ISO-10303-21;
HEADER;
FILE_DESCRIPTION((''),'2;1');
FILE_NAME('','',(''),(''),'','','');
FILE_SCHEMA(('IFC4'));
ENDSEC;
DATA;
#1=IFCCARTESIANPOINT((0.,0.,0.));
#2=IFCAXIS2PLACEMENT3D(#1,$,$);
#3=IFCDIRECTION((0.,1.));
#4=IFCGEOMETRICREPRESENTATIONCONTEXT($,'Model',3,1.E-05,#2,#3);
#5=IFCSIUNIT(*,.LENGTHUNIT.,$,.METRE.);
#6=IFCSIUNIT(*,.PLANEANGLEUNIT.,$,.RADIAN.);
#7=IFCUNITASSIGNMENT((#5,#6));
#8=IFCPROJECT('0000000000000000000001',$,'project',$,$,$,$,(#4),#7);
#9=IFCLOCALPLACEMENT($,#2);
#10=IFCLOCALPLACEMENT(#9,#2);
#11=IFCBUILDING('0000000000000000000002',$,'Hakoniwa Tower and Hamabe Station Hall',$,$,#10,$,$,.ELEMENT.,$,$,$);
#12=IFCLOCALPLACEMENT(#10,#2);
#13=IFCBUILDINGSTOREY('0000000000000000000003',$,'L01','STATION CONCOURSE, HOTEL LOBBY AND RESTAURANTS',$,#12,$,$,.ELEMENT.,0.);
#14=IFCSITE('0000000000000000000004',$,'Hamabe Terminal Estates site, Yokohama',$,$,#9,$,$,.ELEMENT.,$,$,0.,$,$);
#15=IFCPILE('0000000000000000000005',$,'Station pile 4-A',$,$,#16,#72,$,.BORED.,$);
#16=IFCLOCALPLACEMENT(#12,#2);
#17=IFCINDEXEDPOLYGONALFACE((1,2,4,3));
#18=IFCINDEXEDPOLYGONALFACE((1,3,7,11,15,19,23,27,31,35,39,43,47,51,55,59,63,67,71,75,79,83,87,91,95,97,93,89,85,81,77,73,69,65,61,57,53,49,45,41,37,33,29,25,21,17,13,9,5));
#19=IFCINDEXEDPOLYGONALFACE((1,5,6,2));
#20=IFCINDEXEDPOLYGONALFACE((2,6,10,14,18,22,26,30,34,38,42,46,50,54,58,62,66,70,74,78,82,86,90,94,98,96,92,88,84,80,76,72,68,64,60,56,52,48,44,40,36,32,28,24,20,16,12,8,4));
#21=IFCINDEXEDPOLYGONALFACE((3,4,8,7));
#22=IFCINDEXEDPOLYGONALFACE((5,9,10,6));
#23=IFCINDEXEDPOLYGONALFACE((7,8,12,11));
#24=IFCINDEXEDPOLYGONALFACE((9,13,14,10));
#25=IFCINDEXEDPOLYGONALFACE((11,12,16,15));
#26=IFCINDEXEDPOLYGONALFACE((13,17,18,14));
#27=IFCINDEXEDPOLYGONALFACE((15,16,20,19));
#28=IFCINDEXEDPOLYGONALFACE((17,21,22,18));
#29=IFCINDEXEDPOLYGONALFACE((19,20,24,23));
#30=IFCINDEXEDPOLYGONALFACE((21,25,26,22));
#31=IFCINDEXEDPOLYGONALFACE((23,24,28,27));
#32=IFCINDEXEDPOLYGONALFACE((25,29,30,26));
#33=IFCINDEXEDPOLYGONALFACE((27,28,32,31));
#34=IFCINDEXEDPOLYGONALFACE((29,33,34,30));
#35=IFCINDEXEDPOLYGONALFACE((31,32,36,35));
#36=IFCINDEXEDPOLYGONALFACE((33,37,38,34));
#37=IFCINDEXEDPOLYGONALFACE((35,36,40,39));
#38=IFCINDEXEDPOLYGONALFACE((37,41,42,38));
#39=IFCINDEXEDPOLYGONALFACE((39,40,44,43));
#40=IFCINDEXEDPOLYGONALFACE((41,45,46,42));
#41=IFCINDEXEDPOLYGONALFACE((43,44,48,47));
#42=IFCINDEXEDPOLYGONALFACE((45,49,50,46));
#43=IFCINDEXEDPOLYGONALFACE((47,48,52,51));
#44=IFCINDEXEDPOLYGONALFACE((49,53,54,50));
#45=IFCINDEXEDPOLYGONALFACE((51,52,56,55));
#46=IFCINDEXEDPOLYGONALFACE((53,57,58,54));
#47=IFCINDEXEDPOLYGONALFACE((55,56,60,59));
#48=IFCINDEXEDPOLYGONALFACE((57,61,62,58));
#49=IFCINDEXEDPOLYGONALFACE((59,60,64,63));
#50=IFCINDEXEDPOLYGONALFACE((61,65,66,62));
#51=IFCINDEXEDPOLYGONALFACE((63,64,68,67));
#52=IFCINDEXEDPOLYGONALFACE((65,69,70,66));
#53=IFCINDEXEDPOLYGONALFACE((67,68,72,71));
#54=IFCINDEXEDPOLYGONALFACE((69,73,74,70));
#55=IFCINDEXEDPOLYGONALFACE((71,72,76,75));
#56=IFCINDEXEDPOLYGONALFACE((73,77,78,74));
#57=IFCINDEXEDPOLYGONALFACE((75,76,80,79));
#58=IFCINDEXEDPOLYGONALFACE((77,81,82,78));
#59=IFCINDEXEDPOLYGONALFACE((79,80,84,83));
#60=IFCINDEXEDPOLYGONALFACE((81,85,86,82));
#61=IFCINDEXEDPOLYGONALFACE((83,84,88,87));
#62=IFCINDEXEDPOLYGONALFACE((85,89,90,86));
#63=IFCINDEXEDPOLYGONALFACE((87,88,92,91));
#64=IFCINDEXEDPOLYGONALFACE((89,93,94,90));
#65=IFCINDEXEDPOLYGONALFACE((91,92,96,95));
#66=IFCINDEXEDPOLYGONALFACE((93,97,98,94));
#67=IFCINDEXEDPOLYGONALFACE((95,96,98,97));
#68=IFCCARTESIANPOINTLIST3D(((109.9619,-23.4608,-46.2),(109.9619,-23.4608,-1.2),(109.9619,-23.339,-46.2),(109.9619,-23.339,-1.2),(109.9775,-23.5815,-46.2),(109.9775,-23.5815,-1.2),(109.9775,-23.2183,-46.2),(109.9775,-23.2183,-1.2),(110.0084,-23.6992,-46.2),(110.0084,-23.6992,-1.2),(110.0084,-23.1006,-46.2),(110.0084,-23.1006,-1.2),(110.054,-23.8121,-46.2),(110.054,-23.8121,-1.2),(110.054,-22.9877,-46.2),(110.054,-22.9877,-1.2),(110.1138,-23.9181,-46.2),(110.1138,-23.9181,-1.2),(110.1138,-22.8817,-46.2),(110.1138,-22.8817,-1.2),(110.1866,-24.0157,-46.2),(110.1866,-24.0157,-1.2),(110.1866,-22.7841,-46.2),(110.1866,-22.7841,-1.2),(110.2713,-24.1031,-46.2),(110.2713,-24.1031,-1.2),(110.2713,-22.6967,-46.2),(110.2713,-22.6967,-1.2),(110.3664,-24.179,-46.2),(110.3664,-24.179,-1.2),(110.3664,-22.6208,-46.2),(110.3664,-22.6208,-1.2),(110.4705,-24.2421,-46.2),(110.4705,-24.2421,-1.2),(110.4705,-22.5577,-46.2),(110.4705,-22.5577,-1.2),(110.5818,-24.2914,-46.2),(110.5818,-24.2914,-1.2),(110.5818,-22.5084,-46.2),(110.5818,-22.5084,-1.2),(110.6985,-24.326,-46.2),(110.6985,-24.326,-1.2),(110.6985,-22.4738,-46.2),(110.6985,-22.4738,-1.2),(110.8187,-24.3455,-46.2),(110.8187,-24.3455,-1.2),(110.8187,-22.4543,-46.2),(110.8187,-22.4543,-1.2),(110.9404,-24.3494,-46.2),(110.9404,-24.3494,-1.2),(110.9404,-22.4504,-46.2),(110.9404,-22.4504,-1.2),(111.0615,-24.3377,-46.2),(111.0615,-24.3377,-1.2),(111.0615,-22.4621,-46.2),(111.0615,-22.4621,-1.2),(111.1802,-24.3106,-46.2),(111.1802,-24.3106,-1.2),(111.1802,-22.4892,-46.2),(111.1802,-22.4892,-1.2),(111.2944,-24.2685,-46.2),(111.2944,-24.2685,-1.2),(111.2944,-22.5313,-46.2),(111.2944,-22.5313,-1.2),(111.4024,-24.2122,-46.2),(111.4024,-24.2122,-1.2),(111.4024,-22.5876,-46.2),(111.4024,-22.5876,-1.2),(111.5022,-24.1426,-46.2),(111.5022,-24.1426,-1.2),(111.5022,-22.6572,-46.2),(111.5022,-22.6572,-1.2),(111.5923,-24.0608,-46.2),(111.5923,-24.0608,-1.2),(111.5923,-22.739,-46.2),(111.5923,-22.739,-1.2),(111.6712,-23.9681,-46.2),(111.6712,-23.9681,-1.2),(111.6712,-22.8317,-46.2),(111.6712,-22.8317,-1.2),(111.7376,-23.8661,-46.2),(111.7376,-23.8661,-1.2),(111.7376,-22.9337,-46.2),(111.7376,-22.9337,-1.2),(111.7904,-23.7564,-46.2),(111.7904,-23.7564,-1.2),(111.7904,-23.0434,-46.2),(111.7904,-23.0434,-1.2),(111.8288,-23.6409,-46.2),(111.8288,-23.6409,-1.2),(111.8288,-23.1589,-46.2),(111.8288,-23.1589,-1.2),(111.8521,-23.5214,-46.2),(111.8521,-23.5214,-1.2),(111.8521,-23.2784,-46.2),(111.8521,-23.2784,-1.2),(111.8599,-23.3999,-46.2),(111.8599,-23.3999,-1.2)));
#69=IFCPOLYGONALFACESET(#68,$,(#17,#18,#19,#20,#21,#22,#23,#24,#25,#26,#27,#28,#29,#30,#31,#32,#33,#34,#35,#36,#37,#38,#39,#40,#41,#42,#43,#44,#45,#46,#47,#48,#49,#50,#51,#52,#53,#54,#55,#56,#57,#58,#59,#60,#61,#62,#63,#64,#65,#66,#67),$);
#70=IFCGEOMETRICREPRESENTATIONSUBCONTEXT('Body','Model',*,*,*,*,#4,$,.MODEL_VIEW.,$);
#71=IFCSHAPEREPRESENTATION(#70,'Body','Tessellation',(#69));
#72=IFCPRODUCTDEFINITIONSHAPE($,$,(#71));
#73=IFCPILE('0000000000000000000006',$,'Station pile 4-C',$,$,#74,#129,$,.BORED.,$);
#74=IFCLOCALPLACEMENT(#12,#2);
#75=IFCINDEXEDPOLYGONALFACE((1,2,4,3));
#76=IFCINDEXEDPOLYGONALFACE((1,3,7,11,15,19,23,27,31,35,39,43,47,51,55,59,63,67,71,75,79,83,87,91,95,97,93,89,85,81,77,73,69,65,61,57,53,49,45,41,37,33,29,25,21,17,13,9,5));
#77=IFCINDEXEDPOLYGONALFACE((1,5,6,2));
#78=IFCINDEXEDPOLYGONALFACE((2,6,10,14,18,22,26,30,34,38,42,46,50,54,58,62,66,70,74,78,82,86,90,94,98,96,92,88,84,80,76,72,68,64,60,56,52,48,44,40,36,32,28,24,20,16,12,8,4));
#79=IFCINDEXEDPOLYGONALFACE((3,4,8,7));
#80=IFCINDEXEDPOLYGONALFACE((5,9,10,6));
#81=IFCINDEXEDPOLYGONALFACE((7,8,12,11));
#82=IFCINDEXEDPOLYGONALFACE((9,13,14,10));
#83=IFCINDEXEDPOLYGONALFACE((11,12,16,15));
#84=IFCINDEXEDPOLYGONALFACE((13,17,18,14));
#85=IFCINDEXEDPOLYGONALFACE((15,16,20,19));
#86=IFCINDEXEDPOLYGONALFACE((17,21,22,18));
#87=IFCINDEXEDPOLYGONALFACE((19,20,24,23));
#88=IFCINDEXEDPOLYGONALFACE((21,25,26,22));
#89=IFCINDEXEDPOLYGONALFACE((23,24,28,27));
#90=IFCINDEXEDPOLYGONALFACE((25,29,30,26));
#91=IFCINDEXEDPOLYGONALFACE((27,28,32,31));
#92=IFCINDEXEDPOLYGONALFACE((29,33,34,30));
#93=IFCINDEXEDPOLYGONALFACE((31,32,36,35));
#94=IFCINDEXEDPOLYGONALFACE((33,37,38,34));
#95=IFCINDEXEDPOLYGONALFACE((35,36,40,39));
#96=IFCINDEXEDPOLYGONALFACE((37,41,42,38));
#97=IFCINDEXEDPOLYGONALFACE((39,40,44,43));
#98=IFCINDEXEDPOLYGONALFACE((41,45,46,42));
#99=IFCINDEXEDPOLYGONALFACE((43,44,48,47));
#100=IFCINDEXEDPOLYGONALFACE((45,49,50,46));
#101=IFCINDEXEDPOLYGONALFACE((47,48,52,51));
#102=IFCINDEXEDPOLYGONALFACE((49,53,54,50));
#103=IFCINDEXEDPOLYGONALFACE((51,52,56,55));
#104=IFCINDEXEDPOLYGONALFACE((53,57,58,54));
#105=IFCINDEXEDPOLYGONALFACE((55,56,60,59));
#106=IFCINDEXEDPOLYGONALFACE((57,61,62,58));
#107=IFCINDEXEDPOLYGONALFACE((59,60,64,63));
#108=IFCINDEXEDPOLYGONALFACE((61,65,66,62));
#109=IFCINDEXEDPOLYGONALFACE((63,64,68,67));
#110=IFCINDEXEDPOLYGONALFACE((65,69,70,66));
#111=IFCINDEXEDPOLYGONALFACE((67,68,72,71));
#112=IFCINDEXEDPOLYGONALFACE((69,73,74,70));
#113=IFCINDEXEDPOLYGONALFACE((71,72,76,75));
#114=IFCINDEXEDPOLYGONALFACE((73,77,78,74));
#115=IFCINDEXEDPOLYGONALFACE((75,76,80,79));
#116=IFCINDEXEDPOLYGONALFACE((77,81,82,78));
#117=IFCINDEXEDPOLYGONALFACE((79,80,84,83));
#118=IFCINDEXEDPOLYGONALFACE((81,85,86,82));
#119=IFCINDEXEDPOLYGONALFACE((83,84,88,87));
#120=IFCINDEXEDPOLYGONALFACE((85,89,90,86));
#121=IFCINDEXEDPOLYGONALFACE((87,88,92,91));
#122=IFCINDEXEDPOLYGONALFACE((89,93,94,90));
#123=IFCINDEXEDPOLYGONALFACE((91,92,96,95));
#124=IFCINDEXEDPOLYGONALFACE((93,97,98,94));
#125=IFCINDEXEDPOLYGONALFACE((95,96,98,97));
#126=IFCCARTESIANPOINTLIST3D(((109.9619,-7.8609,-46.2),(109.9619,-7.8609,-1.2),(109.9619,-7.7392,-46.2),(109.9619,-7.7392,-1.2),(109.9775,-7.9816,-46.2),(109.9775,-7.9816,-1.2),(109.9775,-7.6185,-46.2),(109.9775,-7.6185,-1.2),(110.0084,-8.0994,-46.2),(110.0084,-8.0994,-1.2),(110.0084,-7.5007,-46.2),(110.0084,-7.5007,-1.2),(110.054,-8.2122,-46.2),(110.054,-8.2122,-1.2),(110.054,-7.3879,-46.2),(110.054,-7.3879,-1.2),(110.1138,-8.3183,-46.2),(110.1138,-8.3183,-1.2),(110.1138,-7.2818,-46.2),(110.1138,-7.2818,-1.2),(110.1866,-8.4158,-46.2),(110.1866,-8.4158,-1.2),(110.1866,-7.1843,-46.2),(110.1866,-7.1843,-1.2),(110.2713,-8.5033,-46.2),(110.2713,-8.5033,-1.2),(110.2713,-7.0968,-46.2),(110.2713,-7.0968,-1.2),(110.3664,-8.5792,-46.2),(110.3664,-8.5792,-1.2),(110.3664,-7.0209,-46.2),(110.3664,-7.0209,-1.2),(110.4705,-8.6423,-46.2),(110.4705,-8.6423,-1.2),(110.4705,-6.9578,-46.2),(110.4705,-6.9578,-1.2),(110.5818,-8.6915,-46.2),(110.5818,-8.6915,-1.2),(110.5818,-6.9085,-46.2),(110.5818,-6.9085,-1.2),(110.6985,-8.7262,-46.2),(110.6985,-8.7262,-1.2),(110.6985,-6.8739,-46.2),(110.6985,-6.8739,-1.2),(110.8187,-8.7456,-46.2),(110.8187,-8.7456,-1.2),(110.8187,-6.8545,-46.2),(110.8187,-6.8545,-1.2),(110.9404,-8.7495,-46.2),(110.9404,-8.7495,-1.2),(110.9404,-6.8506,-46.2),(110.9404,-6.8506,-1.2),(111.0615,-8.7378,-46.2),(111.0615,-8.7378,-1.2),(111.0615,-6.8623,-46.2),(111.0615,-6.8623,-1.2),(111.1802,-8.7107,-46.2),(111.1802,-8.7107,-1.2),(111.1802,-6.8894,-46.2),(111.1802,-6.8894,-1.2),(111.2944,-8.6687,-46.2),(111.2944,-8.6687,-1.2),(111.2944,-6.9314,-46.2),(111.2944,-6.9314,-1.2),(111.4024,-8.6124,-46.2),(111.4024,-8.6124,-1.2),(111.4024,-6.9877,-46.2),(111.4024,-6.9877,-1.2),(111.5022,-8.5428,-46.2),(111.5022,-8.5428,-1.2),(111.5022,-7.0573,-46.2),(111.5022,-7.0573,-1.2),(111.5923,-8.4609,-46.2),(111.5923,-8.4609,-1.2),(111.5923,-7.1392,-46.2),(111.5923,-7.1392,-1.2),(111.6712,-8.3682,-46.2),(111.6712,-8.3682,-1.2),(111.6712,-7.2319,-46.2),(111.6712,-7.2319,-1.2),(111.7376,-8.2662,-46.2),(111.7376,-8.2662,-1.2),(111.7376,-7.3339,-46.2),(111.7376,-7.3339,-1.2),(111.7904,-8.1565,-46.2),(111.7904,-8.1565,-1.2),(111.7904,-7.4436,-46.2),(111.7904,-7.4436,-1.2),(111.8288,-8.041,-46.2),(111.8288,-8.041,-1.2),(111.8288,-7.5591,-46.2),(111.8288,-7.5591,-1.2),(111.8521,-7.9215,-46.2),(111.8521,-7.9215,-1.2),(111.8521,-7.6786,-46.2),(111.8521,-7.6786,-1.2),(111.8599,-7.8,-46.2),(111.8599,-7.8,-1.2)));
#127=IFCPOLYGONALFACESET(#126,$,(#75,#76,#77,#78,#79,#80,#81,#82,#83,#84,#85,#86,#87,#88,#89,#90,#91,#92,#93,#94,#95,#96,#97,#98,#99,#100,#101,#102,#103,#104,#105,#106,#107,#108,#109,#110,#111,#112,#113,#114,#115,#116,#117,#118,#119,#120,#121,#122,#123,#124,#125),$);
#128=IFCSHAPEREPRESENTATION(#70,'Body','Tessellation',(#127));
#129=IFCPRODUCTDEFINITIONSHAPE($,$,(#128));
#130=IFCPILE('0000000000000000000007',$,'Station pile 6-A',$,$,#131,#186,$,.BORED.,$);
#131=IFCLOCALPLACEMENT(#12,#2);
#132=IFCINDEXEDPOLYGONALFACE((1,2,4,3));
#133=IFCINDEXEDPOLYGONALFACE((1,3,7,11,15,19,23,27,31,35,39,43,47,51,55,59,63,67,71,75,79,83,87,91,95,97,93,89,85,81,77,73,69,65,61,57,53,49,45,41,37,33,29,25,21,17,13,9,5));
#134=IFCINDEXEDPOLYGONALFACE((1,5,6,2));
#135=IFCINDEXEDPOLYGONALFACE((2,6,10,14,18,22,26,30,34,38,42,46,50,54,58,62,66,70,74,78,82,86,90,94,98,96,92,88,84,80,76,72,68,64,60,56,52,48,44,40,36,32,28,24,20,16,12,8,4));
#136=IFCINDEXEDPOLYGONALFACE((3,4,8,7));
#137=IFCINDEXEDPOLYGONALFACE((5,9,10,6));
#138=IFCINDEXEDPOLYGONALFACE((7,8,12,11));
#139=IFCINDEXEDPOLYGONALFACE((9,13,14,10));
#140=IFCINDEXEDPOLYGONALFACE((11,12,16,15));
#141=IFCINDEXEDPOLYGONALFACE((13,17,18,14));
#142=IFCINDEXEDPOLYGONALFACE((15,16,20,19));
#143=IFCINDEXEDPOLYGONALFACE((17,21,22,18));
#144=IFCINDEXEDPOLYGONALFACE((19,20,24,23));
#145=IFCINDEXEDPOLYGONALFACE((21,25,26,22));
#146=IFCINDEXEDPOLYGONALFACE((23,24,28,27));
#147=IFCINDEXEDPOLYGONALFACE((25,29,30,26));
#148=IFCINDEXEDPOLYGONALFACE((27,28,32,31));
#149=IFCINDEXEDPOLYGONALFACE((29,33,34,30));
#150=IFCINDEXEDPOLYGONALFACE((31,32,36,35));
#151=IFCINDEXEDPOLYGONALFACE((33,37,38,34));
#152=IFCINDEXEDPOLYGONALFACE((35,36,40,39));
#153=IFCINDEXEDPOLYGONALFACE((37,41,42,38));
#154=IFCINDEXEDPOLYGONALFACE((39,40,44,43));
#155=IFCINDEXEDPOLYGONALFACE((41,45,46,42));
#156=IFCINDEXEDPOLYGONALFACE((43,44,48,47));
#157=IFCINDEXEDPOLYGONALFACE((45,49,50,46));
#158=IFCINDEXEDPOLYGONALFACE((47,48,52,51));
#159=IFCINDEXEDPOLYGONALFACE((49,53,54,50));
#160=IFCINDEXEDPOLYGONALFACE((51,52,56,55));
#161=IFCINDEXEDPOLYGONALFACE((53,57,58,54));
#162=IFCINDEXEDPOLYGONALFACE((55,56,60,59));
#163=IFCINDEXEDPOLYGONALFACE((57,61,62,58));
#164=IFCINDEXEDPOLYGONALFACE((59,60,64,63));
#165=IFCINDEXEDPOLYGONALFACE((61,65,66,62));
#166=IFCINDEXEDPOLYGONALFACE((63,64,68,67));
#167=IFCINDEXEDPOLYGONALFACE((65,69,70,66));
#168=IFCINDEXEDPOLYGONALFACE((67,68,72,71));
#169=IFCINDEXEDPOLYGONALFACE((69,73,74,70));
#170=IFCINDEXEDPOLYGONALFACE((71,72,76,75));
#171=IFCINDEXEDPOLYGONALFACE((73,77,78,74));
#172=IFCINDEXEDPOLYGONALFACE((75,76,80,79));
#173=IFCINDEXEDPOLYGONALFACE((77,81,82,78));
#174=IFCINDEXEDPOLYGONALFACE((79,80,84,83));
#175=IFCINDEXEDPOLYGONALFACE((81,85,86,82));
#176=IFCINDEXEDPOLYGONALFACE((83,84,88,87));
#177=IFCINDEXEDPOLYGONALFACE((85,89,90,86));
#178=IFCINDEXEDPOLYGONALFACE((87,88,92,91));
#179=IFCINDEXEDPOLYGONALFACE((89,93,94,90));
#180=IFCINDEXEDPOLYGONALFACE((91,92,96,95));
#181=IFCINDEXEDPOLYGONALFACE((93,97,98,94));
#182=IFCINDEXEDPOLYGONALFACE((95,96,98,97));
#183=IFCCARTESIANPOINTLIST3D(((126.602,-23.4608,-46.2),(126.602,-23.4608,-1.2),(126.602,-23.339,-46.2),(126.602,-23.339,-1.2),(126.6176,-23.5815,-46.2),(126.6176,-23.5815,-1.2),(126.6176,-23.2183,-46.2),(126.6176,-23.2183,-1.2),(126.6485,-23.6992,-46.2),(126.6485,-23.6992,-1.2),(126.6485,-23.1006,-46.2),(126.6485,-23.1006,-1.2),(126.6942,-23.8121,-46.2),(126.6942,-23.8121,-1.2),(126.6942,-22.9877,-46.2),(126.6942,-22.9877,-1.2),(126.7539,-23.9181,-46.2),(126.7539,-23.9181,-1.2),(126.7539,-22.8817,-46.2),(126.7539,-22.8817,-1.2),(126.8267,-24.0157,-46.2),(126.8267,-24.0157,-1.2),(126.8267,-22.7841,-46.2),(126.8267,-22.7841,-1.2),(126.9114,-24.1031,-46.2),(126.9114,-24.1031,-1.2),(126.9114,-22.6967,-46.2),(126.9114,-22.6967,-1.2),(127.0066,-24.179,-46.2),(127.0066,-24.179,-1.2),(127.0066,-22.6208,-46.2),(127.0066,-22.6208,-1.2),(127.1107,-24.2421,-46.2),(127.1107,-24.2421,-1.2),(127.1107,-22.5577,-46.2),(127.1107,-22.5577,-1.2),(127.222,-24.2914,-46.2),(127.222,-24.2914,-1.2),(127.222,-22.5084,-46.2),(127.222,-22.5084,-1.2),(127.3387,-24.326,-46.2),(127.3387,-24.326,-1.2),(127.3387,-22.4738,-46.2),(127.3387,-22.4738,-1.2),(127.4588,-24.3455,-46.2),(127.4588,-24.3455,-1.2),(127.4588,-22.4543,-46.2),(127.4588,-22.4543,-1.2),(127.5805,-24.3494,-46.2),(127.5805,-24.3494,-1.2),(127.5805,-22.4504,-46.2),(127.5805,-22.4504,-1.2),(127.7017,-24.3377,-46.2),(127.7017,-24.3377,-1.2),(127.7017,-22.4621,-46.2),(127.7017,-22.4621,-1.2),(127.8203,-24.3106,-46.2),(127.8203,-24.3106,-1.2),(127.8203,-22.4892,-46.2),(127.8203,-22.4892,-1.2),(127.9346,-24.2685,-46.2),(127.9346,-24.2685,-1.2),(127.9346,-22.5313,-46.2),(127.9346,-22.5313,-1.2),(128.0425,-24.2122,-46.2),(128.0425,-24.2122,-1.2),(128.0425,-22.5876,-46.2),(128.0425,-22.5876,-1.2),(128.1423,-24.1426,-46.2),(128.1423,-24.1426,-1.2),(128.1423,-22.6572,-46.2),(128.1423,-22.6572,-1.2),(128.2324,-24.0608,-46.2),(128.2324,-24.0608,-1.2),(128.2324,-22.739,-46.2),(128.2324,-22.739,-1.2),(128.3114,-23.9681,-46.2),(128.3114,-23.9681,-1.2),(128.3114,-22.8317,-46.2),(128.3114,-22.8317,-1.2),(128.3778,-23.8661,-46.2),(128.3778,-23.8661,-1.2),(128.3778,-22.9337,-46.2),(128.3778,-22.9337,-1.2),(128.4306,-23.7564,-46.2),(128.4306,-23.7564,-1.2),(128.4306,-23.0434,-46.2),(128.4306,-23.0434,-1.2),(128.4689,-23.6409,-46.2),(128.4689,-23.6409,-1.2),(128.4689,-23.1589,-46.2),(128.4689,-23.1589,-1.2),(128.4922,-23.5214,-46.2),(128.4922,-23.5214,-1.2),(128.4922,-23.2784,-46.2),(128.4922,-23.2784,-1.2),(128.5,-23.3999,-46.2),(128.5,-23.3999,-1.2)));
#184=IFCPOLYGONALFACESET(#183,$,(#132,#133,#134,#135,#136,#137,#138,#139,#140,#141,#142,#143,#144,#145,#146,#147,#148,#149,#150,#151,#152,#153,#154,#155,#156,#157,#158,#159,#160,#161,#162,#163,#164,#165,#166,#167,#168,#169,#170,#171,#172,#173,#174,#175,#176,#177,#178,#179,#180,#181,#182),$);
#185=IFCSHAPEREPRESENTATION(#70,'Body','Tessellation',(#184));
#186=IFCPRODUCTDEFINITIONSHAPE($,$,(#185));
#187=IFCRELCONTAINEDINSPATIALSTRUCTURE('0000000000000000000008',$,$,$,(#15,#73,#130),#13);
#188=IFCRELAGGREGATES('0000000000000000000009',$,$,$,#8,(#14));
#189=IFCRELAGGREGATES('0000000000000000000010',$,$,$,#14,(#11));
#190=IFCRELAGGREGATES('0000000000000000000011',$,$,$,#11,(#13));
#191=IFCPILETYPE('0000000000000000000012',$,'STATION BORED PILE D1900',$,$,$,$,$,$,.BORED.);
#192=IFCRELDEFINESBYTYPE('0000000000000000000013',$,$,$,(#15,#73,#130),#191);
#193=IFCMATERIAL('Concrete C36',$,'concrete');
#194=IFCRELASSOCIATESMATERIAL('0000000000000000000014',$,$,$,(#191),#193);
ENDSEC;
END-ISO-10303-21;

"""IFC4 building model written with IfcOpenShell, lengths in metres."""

from ifc_helpers import new_model, si_unit, direction, frame, origin, origin_2d, place, context, subcontext, project, spatial, circle, extrude, material, material_profile, profile_set, type_object, element, save


model = new_model("IFC4")

# Units and contexts
model_context = context("Model", 3, precision=1e-05, world=origin(), true_north=direction((0.0, 1.0)))
body_context = subcontext(model_context, "Body", "Model", "MODEL_VIEW")
ifc_project = project(units=[si_unit("LENGTHUNIT", "METRE"), si_unit("PLANEANGLEUNIT", "RADIAN")], contexts=[model_context])

# Site, building, storey
site_placement = place(None, origin())
site = spatial("IfcSite", under=ifc_project, at=site_placement, Name="Hamabe Terminal Estates site, Yokohama", CompositionType="ELEMENT", RefElevation=0.0)
building_placement = place(site_placement, origin())
building = spatial("IfcBuilding", under=site, at=building_placement, Name="Hakoniwa Tower and Hamabe Station Hall", CompositionType="ELEMENT")
storey_placement = place(building_placement, origin())
storey = spatial("IfcBuildingStorey", under=building, at=storey_placement, Name="L01", Description="STATION CONCOURSE, HOTEL LOBBY AND RESTAURANTS", CompositionType="ELEMENT", Elevation=0.0)

# Piles
ifc_material_1 = material(Name="Concrete C36", Category="concrete")
ifc_material_profile_1 = material_profile(ifc_material_1, circle(Radius=0.95, at=origin_2d()), Name="STATION BORED PILE D1900")
ifc_profile_set_1 = profile_set([ifc_material_profile_1], Name="Concrete C36")
pile_type = type_object("IfcPileType", Name="STATION BORED PILE D1900", PredefinedType="BORED", material=ifc_profile_set_1)
for number, where, z_axis, x_axis, name in (
    (1, (110.9099, -23.3999, -1.2), (0.0, 0.0, -1.0), (1.0, 0.0, 0.0), "Station pile 4-A"),
    (2, (110.9099, -7.8, -1.2), (0.0, 0.0, -1.0), (1.0, 0.0, 0.0), "Station pile 4-C"),
    (3, (127.55, -23.3999, -1.2), (0.0, 0.0, -1.0), (1.0, 0.0, 0.0), "Station pile 6-A"),
):
    element("IfcPile", number, at=place(storey_placement, frame(where, z_axis=z_axis, x_axis=x_axis)), inside=storey, type_object=pile_type, Name=name, PredefinedType="BORED", context=body_context, shape_type="SweptSolid", body=[
        extrude(circle(Radius=0.95, at=origin_2d()), origin(), (0.0, 0.0, 1.0), 45.0),
    ])

save(model, "model.ifc")
